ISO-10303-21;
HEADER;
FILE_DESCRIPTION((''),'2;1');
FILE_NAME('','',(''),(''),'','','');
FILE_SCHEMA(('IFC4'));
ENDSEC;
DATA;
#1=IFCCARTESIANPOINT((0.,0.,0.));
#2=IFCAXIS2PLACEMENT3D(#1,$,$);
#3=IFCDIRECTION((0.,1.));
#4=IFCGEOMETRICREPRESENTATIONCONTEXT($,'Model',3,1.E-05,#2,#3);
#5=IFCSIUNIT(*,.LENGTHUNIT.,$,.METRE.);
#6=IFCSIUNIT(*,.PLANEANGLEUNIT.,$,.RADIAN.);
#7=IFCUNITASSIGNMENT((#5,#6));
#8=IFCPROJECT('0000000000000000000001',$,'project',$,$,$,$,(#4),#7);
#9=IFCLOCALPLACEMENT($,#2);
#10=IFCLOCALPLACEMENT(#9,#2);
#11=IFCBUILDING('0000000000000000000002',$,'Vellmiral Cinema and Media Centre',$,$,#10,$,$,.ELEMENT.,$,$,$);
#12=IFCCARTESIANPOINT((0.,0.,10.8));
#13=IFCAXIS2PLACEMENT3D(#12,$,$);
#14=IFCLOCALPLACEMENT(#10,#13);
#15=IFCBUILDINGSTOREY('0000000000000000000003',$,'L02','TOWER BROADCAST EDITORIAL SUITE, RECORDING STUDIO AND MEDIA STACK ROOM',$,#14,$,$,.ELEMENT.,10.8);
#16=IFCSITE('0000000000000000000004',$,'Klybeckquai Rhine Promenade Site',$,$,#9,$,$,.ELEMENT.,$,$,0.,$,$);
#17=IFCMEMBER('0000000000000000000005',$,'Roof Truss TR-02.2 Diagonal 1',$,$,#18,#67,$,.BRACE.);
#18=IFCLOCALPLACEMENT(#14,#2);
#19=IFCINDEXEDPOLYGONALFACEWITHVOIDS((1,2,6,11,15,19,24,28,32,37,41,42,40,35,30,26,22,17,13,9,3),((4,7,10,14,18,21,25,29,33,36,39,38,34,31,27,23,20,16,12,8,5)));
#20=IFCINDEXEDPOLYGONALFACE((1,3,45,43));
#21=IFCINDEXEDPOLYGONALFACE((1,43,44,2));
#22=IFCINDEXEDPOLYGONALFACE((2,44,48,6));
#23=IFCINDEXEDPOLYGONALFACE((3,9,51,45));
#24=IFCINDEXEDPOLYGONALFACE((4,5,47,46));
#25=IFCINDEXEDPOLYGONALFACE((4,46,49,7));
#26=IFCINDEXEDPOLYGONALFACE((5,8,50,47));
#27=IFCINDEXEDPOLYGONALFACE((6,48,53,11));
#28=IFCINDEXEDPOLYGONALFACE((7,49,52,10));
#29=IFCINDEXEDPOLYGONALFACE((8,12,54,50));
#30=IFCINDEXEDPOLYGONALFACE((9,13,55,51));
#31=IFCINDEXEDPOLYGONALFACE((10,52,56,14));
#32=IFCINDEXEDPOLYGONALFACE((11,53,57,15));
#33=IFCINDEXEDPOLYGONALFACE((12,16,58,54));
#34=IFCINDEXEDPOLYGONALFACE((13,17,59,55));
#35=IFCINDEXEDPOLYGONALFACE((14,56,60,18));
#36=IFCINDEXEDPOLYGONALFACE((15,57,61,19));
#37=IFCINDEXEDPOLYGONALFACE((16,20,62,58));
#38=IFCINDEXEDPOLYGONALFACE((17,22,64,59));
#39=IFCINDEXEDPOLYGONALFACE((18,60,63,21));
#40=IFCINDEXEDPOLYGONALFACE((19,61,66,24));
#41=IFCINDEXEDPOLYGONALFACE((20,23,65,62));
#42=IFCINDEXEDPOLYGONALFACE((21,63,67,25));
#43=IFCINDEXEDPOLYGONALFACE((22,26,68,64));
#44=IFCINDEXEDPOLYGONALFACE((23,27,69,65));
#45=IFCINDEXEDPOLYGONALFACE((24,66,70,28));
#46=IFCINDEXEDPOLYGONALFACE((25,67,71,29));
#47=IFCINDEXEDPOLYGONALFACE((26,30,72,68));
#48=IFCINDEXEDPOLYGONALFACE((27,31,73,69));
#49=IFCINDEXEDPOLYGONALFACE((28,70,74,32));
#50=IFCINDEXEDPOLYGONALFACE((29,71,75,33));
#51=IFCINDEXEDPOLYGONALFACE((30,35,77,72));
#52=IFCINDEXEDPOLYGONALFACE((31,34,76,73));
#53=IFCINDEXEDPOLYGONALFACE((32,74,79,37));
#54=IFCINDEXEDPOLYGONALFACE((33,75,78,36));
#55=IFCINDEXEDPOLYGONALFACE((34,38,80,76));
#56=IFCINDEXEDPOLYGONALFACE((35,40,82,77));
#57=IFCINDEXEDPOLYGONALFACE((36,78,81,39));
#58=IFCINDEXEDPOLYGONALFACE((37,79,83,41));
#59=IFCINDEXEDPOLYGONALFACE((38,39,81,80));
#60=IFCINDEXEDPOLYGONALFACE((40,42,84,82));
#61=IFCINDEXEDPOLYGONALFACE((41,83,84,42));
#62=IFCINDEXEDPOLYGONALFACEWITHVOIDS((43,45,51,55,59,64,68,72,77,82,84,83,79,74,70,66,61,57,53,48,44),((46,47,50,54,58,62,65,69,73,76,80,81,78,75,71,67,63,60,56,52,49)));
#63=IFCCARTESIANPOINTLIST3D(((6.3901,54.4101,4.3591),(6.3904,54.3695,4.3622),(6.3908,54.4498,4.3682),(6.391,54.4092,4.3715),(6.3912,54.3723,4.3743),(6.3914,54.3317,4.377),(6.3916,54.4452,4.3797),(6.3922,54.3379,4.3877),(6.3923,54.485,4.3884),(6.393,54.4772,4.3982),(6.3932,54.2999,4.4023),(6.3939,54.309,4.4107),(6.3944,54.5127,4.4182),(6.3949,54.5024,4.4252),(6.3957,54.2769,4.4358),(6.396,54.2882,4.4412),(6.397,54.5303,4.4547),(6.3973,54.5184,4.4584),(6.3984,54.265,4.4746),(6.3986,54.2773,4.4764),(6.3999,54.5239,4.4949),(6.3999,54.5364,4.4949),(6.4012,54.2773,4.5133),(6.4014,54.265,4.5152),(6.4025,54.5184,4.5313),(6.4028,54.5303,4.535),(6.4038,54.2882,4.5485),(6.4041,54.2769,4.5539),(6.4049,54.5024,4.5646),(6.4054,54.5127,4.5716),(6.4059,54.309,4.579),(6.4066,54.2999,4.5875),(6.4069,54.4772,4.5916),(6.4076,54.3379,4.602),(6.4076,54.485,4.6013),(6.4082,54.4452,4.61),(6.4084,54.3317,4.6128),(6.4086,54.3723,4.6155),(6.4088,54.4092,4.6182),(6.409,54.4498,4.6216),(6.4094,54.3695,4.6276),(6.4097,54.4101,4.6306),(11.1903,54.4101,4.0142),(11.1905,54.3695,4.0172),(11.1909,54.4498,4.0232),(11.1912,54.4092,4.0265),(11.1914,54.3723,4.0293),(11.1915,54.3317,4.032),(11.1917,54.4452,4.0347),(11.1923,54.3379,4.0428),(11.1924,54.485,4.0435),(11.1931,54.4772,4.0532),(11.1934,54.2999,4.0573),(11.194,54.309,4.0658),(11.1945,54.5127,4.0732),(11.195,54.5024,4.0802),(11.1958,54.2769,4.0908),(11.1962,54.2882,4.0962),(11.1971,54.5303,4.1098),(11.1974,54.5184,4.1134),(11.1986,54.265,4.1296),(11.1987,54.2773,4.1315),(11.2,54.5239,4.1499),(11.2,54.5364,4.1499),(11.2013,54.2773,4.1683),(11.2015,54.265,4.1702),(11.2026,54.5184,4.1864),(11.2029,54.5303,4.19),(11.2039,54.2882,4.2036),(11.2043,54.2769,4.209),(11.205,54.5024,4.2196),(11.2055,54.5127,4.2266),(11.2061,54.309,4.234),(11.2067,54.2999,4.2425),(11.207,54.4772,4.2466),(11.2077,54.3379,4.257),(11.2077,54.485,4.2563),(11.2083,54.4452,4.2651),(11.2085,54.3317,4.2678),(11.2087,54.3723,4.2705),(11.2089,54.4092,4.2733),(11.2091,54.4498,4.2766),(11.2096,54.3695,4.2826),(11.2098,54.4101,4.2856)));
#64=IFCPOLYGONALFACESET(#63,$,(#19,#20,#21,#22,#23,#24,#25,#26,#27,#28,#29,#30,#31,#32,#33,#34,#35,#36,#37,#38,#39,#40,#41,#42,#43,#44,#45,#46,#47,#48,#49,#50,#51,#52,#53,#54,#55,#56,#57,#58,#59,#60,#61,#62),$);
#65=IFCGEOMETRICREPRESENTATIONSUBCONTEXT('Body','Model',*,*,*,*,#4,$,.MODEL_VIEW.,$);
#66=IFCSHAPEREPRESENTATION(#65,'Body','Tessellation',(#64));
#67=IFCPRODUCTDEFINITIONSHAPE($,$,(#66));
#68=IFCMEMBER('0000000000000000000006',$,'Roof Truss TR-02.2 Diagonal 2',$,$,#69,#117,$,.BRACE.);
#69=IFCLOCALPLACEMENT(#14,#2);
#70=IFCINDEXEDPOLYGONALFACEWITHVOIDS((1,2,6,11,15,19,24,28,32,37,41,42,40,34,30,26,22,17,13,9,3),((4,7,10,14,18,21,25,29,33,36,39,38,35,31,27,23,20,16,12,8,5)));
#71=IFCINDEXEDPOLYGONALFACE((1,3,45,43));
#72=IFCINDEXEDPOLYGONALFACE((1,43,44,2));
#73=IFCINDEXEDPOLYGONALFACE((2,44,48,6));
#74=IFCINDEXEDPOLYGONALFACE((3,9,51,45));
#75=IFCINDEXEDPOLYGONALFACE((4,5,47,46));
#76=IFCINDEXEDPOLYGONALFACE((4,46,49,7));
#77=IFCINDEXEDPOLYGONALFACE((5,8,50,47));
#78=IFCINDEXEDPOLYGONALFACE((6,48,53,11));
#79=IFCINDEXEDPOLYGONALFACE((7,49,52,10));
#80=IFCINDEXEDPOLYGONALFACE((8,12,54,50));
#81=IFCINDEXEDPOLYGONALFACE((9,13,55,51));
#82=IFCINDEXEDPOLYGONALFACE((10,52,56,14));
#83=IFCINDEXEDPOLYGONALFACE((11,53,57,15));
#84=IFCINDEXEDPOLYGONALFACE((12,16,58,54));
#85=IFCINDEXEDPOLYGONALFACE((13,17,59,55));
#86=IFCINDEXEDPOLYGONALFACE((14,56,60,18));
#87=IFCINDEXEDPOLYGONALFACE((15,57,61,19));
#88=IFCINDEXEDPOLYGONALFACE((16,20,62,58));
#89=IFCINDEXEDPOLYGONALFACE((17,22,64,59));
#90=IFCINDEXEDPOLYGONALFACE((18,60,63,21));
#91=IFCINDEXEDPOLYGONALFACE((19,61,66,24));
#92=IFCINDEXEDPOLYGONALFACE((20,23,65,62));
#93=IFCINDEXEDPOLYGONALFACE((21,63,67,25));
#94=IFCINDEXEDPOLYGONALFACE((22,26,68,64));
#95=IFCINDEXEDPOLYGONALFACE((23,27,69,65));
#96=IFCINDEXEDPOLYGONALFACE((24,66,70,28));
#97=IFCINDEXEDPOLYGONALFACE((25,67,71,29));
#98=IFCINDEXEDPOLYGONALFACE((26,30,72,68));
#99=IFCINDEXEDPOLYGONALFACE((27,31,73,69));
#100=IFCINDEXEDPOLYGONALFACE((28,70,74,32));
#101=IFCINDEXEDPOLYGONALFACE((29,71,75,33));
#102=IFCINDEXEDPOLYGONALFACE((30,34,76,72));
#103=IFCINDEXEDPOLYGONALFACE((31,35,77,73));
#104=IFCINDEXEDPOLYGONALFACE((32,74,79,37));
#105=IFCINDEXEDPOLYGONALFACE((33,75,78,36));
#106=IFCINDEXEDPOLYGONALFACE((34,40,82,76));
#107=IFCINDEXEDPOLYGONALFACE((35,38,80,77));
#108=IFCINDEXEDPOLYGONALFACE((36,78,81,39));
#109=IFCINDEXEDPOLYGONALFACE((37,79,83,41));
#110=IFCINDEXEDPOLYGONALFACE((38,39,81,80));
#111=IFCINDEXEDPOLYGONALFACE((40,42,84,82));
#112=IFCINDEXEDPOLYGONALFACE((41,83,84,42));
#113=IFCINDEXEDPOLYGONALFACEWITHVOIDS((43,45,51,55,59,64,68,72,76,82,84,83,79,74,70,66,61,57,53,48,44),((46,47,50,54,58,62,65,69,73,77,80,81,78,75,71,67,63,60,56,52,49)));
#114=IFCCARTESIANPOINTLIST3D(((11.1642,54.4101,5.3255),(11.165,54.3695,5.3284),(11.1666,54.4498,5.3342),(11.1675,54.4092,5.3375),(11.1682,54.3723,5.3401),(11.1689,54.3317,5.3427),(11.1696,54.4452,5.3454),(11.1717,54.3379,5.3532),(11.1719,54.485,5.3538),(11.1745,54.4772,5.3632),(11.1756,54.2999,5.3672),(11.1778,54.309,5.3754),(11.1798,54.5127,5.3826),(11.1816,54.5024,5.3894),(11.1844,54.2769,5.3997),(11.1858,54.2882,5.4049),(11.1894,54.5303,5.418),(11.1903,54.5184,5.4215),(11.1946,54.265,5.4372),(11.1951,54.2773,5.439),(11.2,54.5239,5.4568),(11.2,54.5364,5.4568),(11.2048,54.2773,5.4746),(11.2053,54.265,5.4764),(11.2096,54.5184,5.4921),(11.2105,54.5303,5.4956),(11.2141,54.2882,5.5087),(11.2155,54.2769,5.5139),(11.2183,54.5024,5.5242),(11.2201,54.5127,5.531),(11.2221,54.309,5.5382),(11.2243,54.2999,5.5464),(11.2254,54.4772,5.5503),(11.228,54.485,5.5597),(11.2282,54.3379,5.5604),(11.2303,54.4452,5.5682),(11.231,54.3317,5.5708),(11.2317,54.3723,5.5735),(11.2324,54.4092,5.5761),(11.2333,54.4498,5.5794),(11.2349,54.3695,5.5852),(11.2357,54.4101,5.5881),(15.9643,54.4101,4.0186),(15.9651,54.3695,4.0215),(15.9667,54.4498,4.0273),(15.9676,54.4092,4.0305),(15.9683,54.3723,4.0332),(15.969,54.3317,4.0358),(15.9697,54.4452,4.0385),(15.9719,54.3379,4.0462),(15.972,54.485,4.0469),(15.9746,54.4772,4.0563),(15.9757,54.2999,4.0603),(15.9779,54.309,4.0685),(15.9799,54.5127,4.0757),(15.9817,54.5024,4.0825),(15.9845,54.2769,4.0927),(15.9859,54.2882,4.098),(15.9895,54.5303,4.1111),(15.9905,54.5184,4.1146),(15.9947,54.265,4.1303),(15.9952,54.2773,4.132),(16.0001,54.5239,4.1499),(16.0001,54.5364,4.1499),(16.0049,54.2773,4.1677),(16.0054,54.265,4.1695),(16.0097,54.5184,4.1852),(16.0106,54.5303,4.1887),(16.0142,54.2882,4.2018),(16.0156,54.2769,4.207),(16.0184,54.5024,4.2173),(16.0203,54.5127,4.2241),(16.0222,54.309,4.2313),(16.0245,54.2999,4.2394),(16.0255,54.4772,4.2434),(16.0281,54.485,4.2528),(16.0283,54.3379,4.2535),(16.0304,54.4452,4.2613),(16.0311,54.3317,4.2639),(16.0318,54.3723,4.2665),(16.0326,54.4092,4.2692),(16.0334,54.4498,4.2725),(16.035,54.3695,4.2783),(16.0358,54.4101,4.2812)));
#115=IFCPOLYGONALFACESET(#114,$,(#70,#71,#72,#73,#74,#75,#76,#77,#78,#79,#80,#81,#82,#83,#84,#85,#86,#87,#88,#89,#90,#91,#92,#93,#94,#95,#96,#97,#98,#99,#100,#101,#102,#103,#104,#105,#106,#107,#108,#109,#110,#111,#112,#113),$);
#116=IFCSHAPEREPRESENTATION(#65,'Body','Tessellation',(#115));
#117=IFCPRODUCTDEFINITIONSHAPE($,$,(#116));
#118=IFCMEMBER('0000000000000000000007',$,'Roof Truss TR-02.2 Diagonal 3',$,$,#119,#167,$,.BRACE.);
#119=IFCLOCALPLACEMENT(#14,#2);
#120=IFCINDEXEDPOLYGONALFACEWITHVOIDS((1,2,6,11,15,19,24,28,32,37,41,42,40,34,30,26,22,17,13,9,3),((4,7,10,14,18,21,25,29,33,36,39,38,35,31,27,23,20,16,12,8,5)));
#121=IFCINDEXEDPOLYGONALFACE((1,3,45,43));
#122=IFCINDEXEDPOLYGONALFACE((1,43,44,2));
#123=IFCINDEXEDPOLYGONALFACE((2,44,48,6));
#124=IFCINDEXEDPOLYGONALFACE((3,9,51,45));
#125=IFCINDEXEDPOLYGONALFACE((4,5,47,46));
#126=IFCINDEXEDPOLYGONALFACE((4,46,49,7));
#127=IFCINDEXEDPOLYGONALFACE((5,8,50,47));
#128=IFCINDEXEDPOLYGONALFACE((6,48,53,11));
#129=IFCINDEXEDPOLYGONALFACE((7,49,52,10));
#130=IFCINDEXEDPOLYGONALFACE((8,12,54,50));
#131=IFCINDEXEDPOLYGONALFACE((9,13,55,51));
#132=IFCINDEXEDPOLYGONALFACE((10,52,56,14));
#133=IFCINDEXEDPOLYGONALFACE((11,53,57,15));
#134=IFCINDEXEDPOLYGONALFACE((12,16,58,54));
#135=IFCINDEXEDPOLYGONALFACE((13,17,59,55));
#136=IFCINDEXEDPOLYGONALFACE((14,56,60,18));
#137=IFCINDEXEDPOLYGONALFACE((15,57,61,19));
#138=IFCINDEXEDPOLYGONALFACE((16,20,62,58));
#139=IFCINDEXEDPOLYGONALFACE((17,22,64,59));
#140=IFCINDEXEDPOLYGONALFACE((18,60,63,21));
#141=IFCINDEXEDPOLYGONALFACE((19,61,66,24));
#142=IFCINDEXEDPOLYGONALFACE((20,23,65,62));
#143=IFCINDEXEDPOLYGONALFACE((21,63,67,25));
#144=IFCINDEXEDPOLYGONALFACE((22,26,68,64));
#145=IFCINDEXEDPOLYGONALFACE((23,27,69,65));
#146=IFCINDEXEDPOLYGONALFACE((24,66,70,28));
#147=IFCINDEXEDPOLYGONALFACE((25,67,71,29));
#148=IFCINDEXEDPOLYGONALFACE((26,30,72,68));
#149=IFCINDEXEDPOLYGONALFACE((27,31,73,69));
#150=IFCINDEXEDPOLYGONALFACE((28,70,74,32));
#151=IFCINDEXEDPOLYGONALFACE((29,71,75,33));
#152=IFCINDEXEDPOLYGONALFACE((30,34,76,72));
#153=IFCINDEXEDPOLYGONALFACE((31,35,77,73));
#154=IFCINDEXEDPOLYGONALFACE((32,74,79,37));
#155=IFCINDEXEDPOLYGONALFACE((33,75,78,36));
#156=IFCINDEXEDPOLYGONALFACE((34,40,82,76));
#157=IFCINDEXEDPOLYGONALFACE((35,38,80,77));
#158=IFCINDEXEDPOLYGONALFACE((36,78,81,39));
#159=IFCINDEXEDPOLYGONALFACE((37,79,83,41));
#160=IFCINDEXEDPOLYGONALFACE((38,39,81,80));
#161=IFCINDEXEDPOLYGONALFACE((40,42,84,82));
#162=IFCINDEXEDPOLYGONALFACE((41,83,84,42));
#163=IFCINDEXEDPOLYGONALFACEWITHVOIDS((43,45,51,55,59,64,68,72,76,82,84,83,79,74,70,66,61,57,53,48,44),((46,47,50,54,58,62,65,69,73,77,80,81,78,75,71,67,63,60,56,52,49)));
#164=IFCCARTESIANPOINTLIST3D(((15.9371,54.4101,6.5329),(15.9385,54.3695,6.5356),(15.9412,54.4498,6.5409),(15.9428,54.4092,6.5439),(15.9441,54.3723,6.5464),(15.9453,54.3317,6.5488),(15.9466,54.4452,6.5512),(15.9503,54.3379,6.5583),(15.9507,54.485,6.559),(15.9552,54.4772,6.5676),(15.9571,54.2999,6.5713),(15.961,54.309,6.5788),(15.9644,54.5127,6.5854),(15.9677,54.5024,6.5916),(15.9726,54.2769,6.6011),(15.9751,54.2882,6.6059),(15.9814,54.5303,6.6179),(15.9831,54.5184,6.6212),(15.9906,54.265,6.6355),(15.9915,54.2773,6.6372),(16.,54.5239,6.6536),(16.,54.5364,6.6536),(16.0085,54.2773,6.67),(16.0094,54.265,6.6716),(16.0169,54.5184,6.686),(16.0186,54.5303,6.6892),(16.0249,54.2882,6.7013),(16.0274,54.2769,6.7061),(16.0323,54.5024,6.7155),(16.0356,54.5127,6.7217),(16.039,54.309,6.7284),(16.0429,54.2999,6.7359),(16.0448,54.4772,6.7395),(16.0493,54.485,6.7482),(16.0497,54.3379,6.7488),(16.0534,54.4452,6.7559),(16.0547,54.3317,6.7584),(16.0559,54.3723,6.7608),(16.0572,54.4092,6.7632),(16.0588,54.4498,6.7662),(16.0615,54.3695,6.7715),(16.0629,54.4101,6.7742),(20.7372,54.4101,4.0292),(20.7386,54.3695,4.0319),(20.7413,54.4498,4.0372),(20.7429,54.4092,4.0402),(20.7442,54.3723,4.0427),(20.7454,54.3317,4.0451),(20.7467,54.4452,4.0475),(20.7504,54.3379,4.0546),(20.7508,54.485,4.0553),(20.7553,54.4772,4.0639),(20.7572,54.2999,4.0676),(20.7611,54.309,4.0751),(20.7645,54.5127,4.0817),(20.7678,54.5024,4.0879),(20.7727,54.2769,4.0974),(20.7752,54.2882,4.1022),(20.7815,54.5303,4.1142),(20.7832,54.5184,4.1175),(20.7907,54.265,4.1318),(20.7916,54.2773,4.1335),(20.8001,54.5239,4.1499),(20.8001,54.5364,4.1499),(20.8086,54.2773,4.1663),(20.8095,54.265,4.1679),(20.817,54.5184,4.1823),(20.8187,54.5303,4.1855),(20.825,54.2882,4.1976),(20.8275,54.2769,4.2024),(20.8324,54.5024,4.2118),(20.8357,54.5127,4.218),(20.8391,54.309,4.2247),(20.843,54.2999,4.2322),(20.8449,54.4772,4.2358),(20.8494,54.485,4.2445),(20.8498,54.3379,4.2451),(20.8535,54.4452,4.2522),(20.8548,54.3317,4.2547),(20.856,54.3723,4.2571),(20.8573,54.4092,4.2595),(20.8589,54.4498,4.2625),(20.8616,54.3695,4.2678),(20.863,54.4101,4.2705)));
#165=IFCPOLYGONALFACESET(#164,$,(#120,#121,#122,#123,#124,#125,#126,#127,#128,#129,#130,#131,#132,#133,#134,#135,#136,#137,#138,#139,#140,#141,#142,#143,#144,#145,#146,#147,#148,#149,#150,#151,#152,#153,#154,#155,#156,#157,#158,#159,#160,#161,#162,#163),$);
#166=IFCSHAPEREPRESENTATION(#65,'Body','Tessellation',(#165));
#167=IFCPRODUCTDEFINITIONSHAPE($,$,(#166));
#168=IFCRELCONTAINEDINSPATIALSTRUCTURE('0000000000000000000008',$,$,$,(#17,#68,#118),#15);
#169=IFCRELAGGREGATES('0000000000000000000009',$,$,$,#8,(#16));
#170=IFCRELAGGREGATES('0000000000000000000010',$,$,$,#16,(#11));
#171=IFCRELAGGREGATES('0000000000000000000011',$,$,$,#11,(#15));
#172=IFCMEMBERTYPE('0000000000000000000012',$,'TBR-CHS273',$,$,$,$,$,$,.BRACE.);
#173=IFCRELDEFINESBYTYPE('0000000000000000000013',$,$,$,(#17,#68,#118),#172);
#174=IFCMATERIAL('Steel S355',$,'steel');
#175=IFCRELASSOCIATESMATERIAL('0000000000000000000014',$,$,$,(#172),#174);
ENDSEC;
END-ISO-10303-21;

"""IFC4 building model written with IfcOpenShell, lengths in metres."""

from ifc_helpers import new_model, si_unit, direction, frame, origin, origin_2d, place, context, subcontext, project, spatial, hollow_circle, extrude, material, material_profile, profile_set, type_object, element, save


model = new_model("IFC4")

# Units and contexts
model_context = context("Model", 3, precision=1e-05, world=origin(), true_north=direction((0.0, 1.0)))
body_context = subcontext(model_context, "Body", "Model", "MODEL_VIEW")
ifc_project = project(units=[si_unit("LENGTHUNIT", "METRE"), si_unit("PLANEANGLEUNIT", "RADIAN")], contexts=[model_context])

# Site, building, storey
site_placement = place(None, origin())
site = spatial("IfcSite", under=ifc_project, at=site_placement, Name="Klybeckquai Rhine Promenade Site", CompositionType="ELEMENT", RefElevation=0.0)
building_placement = place(site_placement, origin())
building = spatial("IfcBuilding", under=site, at=building_placement, Name="Vellmiral Cinema and Media Centre", CompositionType="ELEMENT")
storey_placement = place(building_placement, frame((0.0, 0.0, 10.8)))
storey = spatial("IfcBuildingStorey", under=building, at=storey_placement, Name="L02", Description="TOWER BROADCAST EDITORIAL SUITE, RECORDING STUDIO AND MEDIA STACK ROOM", CompositionType="ELEMENT", Elevation=10.8)

# Members
ifc_material_1 = material(Name="Steel S355", Category="steel")
ifc_material_profile_1 = material_profile(ifc_material_1, hollow_circle(Radius=0.1365, WallThickness=0.0125, at=origin_2d()), Name="CHS 273.0x12.5")
ifc_profile_set_1 = profile_set([ifc_material_profile_1], Name="Steel S355")
member_type_1 = type_object("IfcMemberType", Name="TBR-CHS273", PredefinedType="BRACE", material=ifc_profile_set_1)
member_1_placement = place(storey_placement, frame((6.3999, 54.3999, 4.4949), z_axis=(0.997427, 0.0, -0.071683), x_axis=(0.0, 1.0, 0.0)))
element("IfcMember", 1, at=member_1_placement, inside=storey, type_object=member_type_1, Name="Roof Truss TR-02.2 Diagonal 1", PredefinedType="BRACE", context=body_context, shape_type="SweptSolid", body=[
    extrude(hollow_circle(Radius=0.1365, WallThickness=0.0125, at=origin_2d()), origin(), (0.0, 0.0, 1.0), 4.8125),
])
member_2_placement = place(storey_placement, frame((11.2, 54.3999, 5.4568), z_axis=(0.964877, 0.0, -0.262702), x_axis=(0.0, 1.0, 0.0)))
element("IfcMember", 2, at=member_2_placement, inside=storey, type_object=member_type_1, Name="Roof Truss TR-02.2 Diagonal 2", PredefinedType="BRACE", context=body_context, shape_type="SweptSolid", body=[
    extrude(hollow_circle(Radius=0.1365, WallThickness=0.0125, at=origin_2d()), origin(), (0.0, 0.0, 1.0), 4.9749),
])
for number, where, z_axis, x_axis, name in (
    (3, (16.0, 54.3999, 6.6536), (0.886639, 0.0, -0.462463), (0.0, 1.0, 0.0), "Roof Truss TR-02.2 Diagonal 3"),
):
    element("IfcMember", number, at=place(storey_placement, frame(where, z_axis=z_axis, x_axis=x_axis)), inside=storey, type_object=member_type_1, Name=name, PredefinedType="BRACE", context=body_context, shape_type="SweptSolid", body=[
        extrude(hollow_circle(Radius=0.1365, WallThickness=0.0125, at=origin_2d()), origin(), (0.0, 0.0, 1.0), 5.4138),
    ])

save(model, "model.ifc")
